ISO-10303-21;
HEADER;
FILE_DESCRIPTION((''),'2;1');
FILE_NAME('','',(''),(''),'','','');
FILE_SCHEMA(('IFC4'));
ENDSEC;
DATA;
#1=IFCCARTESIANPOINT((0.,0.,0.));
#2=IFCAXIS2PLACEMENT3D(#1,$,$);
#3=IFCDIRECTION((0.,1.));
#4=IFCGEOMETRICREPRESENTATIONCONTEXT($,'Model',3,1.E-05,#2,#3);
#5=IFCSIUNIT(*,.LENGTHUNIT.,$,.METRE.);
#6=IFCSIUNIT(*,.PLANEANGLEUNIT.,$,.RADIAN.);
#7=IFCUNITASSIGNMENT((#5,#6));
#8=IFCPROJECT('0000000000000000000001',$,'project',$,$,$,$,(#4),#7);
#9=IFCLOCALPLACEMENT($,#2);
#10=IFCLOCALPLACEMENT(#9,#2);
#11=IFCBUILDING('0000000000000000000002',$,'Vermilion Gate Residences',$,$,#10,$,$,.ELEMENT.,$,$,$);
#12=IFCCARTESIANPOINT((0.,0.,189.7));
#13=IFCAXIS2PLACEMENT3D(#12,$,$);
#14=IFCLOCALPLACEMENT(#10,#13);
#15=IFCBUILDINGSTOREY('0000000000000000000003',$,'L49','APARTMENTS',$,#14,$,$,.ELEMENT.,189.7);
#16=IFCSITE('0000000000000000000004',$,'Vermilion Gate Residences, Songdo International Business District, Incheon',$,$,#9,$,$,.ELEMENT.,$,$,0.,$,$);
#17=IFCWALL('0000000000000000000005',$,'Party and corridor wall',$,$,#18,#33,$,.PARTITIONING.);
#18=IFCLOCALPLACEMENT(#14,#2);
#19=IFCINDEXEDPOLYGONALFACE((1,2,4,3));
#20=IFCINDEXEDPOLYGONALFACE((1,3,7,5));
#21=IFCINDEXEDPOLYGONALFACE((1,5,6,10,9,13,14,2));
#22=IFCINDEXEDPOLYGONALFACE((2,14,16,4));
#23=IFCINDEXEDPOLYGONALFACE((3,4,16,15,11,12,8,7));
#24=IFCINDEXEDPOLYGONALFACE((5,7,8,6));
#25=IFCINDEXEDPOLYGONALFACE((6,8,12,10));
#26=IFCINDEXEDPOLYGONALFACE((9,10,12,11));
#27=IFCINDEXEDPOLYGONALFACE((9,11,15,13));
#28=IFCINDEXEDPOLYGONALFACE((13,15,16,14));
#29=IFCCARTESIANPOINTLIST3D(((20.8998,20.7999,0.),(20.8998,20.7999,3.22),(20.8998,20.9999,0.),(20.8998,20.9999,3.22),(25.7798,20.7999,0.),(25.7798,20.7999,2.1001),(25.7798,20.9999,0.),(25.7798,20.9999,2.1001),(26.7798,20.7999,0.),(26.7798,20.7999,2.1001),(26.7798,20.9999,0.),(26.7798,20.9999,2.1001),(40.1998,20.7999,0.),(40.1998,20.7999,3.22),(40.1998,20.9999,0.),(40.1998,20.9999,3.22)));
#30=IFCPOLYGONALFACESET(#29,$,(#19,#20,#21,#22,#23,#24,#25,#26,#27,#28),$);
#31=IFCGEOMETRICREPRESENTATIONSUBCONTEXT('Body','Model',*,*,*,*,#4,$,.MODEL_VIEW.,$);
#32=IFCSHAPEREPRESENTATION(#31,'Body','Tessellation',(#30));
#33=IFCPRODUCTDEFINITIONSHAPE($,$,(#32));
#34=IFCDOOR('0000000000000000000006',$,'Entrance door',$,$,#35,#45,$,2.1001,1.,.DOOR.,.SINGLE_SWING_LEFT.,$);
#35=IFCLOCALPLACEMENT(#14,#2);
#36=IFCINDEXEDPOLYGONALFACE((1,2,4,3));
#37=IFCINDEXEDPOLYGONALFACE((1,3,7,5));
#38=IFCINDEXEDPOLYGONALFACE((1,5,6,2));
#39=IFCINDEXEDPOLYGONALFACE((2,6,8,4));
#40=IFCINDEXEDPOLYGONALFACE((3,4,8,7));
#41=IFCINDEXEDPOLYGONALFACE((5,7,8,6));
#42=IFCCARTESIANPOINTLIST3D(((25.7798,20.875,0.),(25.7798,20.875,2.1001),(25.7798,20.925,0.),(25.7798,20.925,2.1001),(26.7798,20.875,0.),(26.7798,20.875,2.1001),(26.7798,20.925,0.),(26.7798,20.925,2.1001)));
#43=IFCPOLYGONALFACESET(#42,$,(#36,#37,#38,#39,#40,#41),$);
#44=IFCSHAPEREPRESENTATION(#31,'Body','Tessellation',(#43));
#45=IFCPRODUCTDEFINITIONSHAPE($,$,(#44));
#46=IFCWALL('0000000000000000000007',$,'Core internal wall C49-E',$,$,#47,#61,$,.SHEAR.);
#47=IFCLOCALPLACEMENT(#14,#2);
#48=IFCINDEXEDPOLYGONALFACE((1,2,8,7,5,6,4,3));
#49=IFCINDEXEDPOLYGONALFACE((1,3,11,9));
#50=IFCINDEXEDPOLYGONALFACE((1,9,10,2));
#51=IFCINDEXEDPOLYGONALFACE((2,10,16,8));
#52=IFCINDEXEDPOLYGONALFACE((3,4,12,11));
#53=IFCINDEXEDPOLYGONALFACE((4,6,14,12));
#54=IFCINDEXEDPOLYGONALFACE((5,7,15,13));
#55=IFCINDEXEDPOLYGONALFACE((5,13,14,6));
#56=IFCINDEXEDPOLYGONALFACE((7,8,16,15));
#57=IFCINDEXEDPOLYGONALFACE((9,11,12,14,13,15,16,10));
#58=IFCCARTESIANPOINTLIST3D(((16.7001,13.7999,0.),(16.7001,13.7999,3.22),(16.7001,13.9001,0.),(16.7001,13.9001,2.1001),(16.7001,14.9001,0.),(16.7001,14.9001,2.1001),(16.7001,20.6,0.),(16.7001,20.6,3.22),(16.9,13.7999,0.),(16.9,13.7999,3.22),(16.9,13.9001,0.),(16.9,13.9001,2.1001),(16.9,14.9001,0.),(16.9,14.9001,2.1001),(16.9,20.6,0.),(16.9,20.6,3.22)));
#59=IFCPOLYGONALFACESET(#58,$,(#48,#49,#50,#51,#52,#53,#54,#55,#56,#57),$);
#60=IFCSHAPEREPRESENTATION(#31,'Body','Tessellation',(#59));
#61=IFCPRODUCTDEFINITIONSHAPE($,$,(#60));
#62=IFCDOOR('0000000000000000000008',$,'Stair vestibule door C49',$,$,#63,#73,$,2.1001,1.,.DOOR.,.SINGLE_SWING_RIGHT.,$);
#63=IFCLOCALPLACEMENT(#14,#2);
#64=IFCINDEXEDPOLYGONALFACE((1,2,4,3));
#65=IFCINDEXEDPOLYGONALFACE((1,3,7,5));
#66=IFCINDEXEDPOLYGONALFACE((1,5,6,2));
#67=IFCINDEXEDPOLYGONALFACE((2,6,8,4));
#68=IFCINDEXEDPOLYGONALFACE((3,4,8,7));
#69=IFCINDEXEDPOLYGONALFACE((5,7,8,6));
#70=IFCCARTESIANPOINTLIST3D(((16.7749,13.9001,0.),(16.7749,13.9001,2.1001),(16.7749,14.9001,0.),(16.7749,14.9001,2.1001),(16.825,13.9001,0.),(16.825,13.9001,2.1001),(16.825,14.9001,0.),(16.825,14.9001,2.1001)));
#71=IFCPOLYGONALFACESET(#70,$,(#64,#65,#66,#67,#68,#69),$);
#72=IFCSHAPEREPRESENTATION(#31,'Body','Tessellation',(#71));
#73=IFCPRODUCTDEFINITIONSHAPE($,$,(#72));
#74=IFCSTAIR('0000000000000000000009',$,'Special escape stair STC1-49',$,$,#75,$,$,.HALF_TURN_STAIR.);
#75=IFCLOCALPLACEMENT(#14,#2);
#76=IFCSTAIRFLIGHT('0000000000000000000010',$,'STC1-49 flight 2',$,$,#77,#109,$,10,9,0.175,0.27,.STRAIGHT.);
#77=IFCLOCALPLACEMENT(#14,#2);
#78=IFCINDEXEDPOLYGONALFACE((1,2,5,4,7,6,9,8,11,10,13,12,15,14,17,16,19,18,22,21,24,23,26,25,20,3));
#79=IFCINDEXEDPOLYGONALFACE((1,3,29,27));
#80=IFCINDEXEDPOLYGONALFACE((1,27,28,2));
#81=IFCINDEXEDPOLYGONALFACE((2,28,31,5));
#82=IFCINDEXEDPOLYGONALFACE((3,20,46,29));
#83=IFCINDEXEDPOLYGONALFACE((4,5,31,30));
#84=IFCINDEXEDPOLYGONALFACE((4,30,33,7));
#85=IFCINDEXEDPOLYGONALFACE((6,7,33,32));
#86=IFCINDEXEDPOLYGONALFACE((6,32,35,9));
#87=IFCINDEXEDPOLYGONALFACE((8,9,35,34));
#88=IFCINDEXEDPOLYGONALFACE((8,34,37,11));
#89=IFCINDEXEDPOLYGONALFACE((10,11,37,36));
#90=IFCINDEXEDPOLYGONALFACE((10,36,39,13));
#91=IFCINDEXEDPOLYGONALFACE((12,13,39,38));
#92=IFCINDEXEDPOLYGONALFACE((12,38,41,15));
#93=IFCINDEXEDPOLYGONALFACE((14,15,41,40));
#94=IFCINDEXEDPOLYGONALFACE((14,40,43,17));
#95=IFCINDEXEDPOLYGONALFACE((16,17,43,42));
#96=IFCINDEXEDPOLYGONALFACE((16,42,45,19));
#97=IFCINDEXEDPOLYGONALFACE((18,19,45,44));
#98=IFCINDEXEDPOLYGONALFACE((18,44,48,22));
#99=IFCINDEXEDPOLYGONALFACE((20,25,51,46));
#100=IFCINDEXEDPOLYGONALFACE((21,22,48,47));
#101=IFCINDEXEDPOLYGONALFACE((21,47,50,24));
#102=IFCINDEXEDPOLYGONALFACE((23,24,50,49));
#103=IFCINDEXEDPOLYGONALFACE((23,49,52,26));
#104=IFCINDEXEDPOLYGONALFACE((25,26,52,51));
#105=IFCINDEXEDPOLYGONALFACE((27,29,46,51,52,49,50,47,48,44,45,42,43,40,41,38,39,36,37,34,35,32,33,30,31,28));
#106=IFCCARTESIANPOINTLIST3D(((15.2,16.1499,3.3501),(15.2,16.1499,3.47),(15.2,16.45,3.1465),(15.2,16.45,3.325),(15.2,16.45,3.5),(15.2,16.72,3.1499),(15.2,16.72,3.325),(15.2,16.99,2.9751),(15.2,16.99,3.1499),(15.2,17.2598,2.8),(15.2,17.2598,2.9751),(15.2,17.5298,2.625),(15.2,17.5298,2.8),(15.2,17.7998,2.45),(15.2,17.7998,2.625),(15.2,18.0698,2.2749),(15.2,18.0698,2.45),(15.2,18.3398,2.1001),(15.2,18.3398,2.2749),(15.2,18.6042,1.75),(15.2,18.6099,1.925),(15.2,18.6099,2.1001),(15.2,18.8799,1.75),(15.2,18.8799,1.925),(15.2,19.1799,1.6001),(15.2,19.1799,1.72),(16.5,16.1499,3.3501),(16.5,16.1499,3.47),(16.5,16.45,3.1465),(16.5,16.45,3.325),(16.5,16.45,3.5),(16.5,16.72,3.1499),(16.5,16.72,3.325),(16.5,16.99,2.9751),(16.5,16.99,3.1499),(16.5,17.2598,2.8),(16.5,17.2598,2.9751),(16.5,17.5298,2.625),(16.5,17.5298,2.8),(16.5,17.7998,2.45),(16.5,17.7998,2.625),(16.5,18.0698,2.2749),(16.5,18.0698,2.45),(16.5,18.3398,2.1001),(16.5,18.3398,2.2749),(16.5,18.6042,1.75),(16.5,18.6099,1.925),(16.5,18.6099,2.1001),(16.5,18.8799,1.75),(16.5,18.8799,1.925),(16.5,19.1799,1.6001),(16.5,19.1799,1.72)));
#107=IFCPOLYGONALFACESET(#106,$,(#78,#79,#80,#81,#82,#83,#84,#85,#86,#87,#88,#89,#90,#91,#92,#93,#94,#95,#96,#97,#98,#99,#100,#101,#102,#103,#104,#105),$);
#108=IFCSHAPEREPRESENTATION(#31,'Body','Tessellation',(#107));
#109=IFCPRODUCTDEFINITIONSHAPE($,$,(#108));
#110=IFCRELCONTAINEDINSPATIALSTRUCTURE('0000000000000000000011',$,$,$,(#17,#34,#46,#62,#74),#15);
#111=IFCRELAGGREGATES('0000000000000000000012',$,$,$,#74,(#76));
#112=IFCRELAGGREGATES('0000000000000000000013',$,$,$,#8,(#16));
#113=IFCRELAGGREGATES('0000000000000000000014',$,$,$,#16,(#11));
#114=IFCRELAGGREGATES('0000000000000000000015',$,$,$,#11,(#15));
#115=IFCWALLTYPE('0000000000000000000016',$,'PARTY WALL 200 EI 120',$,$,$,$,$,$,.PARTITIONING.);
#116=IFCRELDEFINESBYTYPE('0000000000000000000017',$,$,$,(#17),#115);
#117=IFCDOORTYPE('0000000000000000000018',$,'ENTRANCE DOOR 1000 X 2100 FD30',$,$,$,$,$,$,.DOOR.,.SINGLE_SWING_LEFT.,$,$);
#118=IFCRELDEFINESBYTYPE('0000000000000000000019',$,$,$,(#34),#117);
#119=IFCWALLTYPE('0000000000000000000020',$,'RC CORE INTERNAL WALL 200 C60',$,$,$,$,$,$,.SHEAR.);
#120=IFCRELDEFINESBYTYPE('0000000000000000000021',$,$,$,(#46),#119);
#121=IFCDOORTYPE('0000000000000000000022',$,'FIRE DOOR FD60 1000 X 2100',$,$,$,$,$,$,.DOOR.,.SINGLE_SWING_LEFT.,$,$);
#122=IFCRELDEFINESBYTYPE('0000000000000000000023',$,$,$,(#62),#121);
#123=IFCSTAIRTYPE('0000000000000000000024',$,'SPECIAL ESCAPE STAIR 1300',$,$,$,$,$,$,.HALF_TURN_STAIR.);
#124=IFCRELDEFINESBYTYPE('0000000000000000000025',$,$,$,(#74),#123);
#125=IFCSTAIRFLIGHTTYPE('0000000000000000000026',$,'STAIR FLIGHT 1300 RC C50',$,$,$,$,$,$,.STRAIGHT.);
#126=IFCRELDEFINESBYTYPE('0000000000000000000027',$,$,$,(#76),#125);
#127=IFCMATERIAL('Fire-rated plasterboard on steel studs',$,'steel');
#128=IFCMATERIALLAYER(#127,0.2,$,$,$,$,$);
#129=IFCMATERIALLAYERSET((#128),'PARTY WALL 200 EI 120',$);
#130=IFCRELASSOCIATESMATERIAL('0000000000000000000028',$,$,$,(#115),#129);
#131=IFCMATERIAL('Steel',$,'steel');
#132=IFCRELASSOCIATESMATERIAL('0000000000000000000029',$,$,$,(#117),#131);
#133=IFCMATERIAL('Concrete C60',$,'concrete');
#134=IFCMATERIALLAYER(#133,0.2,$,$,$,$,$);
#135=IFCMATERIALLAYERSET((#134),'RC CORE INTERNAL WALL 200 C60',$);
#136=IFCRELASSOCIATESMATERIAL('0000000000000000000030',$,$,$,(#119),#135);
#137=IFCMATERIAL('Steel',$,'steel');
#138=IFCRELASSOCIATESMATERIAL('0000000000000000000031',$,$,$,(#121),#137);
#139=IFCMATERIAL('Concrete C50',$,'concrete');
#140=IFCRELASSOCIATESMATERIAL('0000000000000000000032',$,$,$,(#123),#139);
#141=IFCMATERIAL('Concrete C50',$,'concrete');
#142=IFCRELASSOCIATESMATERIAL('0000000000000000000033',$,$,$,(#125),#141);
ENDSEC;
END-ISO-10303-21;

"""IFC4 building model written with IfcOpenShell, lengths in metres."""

from ifc_helpers import new_model, si_unit, direction, frame, frame_2d, origin, place, context, subcontext, project, spatial, polyline, rectangle, outline, extrude, material, layer, layer_set, type_object, element, fill, aggregate, save


model = new_model("IFC4")

# Units and contexts
model_context = context("Model", 3, precision=1e-05, world=origin(), true_north=direction((0.0, 1.0)))
body_context = subcontext(model_context, "Body", "Model", "MODEL_VIEW")
ifc_project = project(units=[si_unit("LENGTHUNIT", "METRE"), si_unit("PLANEANGLEUNIT", "RADIAN")], contexts=[model_context])

# Site, building, storey
site_placement = place(None, origin())
site = spatial("IfcSite", under=ifc_project, at=site_placement, Name="Vermilion Gate Residences, Songdo International Business District, Incheon", CompositionType="ELEMENT", RefElevation=0.0)
building_placement = place(site_placement, origin())
building = spatial("IfcBuilding", under=site, at=building_placement, Name="Vermilion Gate Residences", CompositionType="ELEMENT")
storey_placement = place(building_placement, frame((0.0, 0.0, 189.7)))
storey = spatial("IfcBuildingStorey", under=building, at=storey_placement, Name="L49", Description="APARTMENTS", CompositionType="ELEMENT", Elevation=189.7)

# Walls, openings, doors
ifc_material_1 = material(Name="Fire-rated plasterboard on steel studs", Category="steel")
ifc_layer_1 = layer(ifc_material_1, 0.2)
ifc_layer_set_1 = layer_set([ifc_layer_1], Name="PARTY WALL 200 EI 120")
wall_type_1 = type_object("IfcWallType", Name="PARTY WALL 200 EI 120", PredefinedType="PARTITIONING", material=ifc_layer_set_1)
wall_1_placement = place(storey_placement, frame((20.8999, 20.8999, 0.0), z_axis=(0.0, 0.0, 1.0), x_axis=(1.0, 0.0, 0.0)))
wall_1 = element("IfcWall", 1, at=wall_1_placement, inside=storey, type_object=wall_type_1, Name="Party and corridor wall", PredefinedType="PARTITIONING", context=body_context, shape_type="SweptSolid", body=[
    extrude(rectangle(XDim=19.3, YDim=0.2, at=frame_2d((9.6499, 0.0))), origin(), (0.0, 0.0, 1.0), 3.22),
])
opening_1_placement = place(wall_1_placement, frame((4.8799, 0.0, 0.0)))
opening_1 = element("IfcOpeningElement", 2, at=opening_1_placement, cuts=wall_1, PredefinedType="OPENING", context=body_context, shape_type="SweptSolid", body=[
    extrude(rectangle(XDim=1.0, YDim=2.1001, at=frame_2d((0.5, 1.05))), frame((0.0, 0.1099, 0.0), z_axis=(0.0, -1.0, 0.0), x_axis=(1.0, 0.0, 0.0)), (0.0, 0.0, 1.0), 0.22),
])
ifc_material_2 = material(Name="Steel", Category="steel")
door_type_1 = type_object("IfcDoorType", Name="ENTRANCE DOOR 1000 X 2100 FD30", OperationType="SINGLE_SWING_LEFT", PredefinedType="DOOR", material=ifc_material_2)
door_1_placement = place(opening_1_placement, frame((1.0, 0.0, 0.0), z_axis=(0.0, 0.0, 1.0), x_axis=(-1.0, 0.0, 0.0)))
door_1 = element("IfcDoor", 3, at=door_1_placement, inside=storey, type_object=door_type_1, Name="Entrance door", OperationType="SINGLE_SWING_LEFT", OverallHeight=2.1001, OverallWidth=1.0, PredefinedType="DOOR", context=body_context, shape_type="SweptSolid", body=[
    extrude(rectangle(XDim=1.0, YDim=2.1001, at=frame_2d((0.5, 1.05))), frame((0.0, 0.0249, 0.0), z_axis=(0.0, -1.0, 0.0), x_axis=(1.0, 0.0, 0.0)), (0.0, 0.0, 1.0), 0.05),
])
fill(opening_1, door_1)
ifc_material_3 = material(Name="Concrete C60", Category="concrete")
ifc_layer_2 = layer(ifc_material_3, 0.2)
ifc_layer_set_2 = layer_set([ifc_layer_2], Name="RC CORE INTERNAL WALL 200 C60")
wall_type_2 = type_object("IfcWallType", Name="RC CORE INTERNAL WALL 200 C60", PredefinedType="SHEAR", material=ifc_layer_set_2)
wall_2_placement = place(storey_placement, frame((16.8, 13.8, 0.0), z_axis=(0.0, 0.0, 1.0), x_axis=(0.0, 1.0, 0.0)))
wall_2 = element("IfcWall", 4, at=wall_2_placement, inside=storey, type_object=wall_type_2, Name="Core internal wall C49-E", PredefinedType="SHEAR", context=body_context, shape_type="SweptSolid", body=[
    extrude(rectangle(XDim=6.8, YDim=0.2, at=frame_2d((3.3999, 0.0))), origin(), (0.0, 0.0, 1.0), 3.22),
])
opening_2_placement = place(wall_2_placement, frame((0.1001, 0.0, 0.0)))
opening_2 = element("IfcOpeningElement", 5, at=opening_2_placement, cuts=wall_2, PredefinedType="OPENING", context=body_context, shape_type="SweptSolid", body=[
    extrude(rectangle(XDim=1.0, YDim=2.1001, at=frame_2d((0.5, 1.05))), frame((0.0, 0.1099, 0.0), z_axis=(0.0, -1.0, 0.0), x_axis=(1.0, 0.0, 0.0)), (0.0, 0.0, 1.0), 0.22),
])
ifc_material_4 = material(Name="Steel", Category="steel")
door_type_2 = type_object("IfcDoorType", Name="FIRE DOOR FD60 1000 X 2100", OperationType="SINGLE_SWING_LEFT", PredefinedType="DOOR", material=ifc_material_4)
door_2_placement = place(opening_2_placement, frame((1.0, 0.0, 0.0), z_axis=(0.0, 0.0, 1.0), x_axis=(-1.0, 0.0, 0.0)))
door_2 = element("IfcDoor", 6, at=door_2_placement, inside=storey, type_object=door_type_2, Name="Stair vestibule door C49", OperationType="SINGLE_SWING_RIGHT", OverallHeight=2.1001, OverallWidth=1.0, PredefinedType="DOOR", context=body_context, shape_type="SweptSolid", body=[
    extrude(rectangle(XDim=1.0, YDim=2.1001, at=frame_2d((0.5, 1.05))), frame((0.0, 0.0249, 0.0), z_axis=(0.0, -1.0, 0.0), x_axis=(1.0, 0.0, 0.0)), (0.0, 0.0, 1.0), 0.05),
])
fill(opening_2, door_2)

# Stair, stair flight
ifc_material_5 = material(Name="Concrete C50", Category="concrete")
stair_type = type_object("IfcStairType", Name="SPECIAL ESCAPE STAIR 1300", PredefinedType="HALF_TURN_STAIR", material=ifc_material_5)
stair_placement = place(storey_placement, origin())
stair = element("IfcStair", 7, at=stair_placement, inside=storey, type_object=stair_type, Name="Special escape stair STC1-49", PredefinedType="HALF_TURN_STAIR")
ifc_material_6 = material(Name="Concrete C50", Category="concrete")
stair_flight_type = type_object("IfcStairFlightType", Name="STAIR FLIGHT 1300 RC C50", PredefinedType="STRAIGHT", material=ifc_material_6)
stair_flight_placement = place(storey_placement, frame((15.8501, 18.8799, 1.75), z_axis=(0.0, 0.0, 1.0), x_axis=(0.0, -1.0, 0.0)))
stair_flight = element("IfcStairFlight", 8, at=stair_flight_placement, type_object=stair_flight_type, Name="STC1-49 flight 2", NumberOfRisers=10, NumberOfTreads=9, PredefinedType="STRAIGHT", RiserHeight=0.175, TreadLength=0.27, context=body_context, shape_type="SweptSolid", body=[
    extrude(outline(polyline([(-0.3, -0.1499), (-0.3, -0.03), (0.0, 0.0), (0.0, 0.175), (0.27, 0.175), (0.27, 0.3501), (0.54, 0.3501), (0.54, 0.5249), (0.8101, 0.5249), (0.8101, 0.7), (1.0801, 0.7), (1.0801, 0.875), (1.3501, 0.875), (1.3501, 1.05), (1.6201, 1.05), (1.6201, 1.2251), (1.8899, 1.2251), (1.8899, 1.3999), (2.1599, 1.3999), (2.1599, 1.575), (2.4299, 1.575), (2.4299, 1.75), (2.73, 1.72), (2.73, 1.6001), (2.4299, 1.3965), (0.2756, 0.0), (-0.3, -0.1499)])), frame((0.0, 0.6499, 0.0), z_axis=(0.0, -1.0, 0.0), x_axis=(1.0, 0.0, 0.0)), (0.0, 0.0, 1.0), 1.3),
])
aggregate(stair, [stair_flight])

save(model, "model.ifc")
